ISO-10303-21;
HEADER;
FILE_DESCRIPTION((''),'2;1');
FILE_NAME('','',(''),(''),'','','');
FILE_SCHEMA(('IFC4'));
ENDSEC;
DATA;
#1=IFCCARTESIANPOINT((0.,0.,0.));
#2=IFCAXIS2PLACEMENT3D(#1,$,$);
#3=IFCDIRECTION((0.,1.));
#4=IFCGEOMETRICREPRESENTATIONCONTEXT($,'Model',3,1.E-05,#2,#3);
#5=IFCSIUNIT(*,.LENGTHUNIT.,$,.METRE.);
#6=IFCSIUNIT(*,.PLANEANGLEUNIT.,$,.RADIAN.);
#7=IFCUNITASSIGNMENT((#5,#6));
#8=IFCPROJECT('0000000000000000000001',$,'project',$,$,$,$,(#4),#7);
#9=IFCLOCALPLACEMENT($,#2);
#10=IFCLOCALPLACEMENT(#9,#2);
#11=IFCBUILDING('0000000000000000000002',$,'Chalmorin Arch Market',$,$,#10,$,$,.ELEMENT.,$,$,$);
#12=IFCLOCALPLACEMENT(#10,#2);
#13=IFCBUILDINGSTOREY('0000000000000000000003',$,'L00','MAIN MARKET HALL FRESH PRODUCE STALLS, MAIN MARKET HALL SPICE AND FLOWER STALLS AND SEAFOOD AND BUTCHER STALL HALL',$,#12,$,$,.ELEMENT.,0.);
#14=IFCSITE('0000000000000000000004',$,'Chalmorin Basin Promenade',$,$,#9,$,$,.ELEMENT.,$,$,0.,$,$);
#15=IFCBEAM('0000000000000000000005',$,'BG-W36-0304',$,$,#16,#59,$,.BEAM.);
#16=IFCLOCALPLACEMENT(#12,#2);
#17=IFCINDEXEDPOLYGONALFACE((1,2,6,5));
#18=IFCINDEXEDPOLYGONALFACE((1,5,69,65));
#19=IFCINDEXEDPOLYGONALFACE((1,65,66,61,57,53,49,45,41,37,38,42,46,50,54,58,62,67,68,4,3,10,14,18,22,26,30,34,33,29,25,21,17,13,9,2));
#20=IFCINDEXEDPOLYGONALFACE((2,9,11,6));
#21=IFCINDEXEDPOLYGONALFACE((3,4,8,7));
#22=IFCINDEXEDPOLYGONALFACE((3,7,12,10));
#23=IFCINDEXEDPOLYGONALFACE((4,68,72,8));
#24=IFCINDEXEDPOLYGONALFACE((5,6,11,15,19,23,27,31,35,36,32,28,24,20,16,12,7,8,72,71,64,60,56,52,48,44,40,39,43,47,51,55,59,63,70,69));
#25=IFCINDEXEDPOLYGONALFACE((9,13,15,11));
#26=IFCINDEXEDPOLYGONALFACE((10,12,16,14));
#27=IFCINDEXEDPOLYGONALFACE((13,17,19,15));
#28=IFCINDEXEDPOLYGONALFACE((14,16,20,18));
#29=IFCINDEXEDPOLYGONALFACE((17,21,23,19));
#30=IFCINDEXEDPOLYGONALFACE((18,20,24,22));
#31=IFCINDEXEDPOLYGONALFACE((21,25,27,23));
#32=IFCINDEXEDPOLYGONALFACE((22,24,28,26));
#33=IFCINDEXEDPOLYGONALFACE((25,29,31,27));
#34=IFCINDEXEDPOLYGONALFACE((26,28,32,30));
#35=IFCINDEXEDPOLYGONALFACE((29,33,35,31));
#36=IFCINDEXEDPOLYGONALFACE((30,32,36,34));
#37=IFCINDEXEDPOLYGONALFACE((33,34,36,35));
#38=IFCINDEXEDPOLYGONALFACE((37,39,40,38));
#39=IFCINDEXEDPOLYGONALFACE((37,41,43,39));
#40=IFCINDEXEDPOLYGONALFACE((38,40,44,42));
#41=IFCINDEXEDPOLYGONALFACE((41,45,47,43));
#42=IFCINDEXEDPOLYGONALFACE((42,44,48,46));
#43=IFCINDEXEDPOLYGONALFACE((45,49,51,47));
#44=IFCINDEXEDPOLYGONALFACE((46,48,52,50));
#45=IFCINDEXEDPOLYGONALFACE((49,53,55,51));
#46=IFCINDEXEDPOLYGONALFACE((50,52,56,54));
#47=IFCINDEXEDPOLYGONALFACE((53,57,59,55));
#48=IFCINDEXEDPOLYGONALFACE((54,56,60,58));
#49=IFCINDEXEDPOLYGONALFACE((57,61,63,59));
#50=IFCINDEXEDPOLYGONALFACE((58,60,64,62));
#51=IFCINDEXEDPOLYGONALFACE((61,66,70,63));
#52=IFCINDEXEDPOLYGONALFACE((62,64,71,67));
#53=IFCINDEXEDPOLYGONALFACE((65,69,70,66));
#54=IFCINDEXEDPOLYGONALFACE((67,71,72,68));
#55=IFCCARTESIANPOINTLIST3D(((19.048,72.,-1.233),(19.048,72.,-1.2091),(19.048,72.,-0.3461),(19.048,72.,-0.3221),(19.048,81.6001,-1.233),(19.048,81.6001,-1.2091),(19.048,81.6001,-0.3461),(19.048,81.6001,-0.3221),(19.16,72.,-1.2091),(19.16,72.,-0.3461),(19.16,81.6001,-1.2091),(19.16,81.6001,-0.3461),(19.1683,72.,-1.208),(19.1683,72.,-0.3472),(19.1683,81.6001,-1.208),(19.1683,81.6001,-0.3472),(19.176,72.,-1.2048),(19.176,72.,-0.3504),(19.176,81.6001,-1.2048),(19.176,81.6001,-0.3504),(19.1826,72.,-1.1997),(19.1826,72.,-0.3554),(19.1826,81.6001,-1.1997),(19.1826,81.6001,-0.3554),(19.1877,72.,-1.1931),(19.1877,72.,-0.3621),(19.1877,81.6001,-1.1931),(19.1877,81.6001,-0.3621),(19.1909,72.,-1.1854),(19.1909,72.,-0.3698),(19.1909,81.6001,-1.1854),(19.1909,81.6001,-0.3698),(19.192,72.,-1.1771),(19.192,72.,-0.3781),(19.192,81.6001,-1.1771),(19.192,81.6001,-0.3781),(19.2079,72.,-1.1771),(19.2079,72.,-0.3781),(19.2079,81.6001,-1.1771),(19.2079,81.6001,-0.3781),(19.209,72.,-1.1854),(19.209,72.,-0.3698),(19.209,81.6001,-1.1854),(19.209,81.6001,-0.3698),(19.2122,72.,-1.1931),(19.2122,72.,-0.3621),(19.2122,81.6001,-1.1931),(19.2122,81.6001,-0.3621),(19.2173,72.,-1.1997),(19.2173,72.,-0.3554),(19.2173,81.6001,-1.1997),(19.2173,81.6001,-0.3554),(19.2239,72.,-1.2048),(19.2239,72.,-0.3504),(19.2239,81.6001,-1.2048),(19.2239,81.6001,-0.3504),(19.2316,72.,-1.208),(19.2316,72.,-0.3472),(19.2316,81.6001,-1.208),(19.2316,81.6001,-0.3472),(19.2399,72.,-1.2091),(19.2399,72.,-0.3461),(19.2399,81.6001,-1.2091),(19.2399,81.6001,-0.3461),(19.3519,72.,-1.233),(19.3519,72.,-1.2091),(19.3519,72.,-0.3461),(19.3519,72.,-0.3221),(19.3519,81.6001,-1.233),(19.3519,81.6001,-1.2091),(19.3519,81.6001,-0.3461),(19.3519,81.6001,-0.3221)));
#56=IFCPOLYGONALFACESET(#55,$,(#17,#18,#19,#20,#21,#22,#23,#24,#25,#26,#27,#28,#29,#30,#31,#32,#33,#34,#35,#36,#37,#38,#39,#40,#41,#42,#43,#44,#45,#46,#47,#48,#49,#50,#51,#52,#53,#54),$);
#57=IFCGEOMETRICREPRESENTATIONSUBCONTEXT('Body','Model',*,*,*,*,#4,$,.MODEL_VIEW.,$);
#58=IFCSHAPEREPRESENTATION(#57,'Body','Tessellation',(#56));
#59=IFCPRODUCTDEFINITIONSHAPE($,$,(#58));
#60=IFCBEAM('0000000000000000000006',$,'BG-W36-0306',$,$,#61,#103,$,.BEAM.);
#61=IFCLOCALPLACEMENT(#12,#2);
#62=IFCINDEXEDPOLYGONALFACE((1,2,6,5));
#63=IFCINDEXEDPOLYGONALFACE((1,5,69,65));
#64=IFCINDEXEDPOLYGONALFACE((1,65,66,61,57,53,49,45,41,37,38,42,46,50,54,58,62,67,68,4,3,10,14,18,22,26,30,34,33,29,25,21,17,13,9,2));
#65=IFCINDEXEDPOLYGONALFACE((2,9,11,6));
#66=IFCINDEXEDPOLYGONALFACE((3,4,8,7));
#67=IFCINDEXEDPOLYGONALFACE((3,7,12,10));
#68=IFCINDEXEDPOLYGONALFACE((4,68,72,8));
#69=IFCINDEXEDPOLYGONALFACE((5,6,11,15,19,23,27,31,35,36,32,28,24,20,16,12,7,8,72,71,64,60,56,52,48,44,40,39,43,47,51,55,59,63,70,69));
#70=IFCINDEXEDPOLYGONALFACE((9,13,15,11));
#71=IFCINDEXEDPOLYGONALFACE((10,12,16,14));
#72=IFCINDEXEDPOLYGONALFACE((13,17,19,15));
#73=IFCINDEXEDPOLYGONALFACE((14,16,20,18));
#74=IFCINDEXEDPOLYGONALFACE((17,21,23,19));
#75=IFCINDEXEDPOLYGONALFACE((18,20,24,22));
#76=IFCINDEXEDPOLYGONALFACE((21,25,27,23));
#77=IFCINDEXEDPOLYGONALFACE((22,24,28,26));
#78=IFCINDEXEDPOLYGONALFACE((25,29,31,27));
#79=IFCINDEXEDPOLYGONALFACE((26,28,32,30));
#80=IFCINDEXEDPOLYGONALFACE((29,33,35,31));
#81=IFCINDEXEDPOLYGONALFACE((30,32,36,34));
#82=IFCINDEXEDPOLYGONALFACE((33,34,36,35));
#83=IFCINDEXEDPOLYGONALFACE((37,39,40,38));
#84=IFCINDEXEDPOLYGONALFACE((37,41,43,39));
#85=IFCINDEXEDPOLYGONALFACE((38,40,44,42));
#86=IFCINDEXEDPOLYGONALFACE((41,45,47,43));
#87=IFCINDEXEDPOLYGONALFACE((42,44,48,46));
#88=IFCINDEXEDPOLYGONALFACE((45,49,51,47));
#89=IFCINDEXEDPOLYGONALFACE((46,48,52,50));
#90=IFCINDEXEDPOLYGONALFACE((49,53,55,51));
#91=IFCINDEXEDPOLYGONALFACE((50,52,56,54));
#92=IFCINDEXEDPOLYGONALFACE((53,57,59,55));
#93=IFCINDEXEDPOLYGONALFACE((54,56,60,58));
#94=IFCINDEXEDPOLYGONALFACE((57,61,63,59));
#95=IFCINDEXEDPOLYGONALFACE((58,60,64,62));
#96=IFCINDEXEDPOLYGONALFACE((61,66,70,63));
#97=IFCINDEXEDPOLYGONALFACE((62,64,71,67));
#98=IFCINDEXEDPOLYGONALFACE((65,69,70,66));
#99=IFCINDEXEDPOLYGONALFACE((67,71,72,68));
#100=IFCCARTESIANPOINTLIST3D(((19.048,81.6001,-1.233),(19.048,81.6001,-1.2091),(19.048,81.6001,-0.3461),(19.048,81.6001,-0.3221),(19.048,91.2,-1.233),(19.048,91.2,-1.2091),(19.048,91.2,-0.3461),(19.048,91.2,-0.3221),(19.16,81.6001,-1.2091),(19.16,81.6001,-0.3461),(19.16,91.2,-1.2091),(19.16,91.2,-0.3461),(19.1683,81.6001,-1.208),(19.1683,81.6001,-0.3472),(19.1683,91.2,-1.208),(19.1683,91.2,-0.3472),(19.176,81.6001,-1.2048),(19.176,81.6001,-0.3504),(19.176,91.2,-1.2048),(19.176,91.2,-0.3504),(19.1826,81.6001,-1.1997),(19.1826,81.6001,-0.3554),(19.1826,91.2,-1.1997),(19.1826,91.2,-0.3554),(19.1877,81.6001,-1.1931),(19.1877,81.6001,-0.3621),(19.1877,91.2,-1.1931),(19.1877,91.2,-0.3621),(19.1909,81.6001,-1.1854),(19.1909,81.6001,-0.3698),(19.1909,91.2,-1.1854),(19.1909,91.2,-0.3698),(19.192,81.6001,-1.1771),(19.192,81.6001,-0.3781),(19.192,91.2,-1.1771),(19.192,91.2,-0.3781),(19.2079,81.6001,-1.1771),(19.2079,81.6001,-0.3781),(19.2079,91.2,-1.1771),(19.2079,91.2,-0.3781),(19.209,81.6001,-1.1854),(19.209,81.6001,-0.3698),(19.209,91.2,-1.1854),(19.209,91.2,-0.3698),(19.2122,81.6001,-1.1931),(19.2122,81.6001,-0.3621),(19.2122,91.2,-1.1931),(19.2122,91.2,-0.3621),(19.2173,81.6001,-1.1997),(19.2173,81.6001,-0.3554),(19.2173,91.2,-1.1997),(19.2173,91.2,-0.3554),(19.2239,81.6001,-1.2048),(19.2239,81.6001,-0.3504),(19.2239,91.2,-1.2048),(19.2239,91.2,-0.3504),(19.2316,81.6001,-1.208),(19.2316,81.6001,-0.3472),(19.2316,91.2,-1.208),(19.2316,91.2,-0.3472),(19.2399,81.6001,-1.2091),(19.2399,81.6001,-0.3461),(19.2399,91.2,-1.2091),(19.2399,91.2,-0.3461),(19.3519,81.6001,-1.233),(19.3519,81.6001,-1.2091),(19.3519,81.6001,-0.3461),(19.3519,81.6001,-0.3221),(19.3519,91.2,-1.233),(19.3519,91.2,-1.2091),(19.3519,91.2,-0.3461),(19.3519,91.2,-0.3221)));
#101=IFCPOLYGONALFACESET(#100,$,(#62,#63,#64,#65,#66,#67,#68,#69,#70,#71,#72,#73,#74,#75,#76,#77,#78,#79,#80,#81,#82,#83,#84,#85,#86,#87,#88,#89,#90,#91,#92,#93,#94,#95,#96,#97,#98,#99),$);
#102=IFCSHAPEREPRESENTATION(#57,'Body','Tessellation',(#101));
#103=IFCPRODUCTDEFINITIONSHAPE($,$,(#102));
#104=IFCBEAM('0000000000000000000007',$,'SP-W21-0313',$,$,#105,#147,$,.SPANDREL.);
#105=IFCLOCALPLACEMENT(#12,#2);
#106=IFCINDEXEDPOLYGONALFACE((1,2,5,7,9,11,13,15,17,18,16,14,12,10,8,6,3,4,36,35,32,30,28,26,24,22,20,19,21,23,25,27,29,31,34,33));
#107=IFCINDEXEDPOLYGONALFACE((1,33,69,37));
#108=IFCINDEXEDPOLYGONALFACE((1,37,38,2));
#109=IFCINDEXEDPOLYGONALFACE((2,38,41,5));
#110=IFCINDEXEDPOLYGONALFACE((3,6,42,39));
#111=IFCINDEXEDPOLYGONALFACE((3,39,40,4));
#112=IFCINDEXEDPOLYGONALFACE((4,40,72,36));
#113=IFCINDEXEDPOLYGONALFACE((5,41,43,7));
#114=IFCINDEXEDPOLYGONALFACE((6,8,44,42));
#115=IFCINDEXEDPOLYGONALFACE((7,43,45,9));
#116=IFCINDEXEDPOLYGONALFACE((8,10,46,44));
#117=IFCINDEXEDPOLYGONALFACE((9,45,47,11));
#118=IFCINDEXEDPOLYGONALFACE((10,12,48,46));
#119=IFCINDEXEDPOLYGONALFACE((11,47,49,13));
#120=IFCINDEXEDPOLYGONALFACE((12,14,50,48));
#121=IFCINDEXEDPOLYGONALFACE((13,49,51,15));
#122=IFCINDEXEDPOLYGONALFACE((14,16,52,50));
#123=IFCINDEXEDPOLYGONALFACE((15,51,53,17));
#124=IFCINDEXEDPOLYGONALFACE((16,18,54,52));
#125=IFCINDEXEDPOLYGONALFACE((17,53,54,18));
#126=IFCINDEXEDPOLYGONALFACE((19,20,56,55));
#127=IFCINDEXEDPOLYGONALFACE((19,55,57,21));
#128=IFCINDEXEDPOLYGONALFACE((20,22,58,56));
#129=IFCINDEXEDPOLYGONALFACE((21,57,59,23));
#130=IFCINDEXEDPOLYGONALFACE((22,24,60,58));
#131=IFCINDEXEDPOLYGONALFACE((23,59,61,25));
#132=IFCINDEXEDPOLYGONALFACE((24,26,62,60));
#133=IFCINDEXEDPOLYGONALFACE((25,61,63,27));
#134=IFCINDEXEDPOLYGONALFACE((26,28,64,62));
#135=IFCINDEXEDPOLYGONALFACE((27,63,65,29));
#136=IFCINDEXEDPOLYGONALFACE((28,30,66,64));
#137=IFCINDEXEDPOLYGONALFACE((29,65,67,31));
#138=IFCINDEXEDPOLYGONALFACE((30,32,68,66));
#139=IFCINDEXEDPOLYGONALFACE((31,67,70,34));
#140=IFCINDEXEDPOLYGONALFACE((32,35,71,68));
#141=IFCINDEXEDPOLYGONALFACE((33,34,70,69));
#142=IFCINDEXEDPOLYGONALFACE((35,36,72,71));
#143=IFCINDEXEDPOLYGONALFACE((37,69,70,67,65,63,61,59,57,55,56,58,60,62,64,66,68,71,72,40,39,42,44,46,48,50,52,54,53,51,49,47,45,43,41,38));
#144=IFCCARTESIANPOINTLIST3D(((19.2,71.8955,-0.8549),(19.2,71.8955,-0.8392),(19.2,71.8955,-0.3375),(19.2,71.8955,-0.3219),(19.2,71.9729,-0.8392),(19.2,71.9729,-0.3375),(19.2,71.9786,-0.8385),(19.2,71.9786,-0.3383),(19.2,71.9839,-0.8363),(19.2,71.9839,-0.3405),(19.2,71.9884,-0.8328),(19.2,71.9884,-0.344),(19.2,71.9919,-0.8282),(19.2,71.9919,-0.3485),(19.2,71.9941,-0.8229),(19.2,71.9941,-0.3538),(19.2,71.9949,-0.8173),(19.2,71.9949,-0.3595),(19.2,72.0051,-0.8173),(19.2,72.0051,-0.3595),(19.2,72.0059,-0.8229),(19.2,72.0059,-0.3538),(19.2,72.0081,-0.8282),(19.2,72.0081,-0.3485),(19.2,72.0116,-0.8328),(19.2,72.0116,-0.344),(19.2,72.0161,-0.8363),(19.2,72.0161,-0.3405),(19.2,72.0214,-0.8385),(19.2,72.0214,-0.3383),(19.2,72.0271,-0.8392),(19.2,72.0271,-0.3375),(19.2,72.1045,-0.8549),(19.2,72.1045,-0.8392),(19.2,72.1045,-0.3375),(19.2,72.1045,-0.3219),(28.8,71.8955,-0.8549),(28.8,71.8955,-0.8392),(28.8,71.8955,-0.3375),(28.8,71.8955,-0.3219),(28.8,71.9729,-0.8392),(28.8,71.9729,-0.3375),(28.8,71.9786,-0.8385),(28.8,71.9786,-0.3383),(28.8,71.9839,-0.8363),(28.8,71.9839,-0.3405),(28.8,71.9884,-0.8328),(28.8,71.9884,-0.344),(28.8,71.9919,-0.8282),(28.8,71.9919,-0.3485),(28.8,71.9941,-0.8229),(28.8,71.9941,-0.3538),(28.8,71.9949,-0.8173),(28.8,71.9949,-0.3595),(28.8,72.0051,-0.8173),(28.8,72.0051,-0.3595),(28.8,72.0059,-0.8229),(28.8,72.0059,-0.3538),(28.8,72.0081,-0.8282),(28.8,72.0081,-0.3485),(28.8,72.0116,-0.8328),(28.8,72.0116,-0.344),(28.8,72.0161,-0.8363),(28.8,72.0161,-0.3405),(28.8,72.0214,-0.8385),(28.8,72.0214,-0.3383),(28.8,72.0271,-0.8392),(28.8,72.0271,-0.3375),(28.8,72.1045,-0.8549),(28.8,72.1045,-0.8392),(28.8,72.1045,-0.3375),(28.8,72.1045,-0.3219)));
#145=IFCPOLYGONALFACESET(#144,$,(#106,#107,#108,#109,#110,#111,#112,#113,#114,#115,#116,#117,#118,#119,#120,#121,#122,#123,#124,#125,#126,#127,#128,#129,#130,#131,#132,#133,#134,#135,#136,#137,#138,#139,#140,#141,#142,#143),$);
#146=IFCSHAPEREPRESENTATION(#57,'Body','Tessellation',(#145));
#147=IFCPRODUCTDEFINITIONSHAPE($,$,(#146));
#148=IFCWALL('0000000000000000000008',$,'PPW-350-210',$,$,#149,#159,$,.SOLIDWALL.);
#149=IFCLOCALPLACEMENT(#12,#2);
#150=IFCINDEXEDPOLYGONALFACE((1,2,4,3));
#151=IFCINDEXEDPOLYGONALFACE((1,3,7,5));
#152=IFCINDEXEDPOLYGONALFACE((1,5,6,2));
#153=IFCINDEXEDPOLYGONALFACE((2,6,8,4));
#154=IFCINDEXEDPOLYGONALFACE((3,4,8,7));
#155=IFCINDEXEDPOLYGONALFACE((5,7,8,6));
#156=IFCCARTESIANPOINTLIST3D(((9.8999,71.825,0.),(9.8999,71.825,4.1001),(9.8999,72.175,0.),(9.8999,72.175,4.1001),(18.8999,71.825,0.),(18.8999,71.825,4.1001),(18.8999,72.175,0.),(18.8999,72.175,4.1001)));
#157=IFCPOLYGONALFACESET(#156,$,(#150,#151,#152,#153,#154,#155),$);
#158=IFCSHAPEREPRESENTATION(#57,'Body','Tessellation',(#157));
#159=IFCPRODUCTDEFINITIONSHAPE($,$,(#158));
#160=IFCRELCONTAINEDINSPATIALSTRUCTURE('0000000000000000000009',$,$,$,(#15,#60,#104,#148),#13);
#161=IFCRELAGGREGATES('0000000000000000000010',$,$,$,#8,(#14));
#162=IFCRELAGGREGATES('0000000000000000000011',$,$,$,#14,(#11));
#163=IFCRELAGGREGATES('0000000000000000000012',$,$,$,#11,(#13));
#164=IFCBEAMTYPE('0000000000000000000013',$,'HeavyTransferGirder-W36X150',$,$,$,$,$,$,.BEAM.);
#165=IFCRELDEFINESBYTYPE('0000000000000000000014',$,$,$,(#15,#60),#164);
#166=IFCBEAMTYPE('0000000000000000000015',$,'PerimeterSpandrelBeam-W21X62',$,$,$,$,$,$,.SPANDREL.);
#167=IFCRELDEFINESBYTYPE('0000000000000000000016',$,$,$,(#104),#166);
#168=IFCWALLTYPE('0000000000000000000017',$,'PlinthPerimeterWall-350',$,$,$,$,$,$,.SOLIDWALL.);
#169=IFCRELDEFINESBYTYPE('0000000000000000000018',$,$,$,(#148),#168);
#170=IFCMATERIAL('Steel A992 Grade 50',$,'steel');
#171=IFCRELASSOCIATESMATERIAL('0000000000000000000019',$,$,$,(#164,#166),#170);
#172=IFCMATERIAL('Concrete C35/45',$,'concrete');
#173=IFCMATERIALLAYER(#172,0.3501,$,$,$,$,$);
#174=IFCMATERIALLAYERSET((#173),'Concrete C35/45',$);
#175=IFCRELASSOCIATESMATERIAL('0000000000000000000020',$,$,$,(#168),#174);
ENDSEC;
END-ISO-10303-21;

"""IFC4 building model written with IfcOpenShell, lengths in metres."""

from ifc_helpers import new_model, si_unit, direction, frame, frame_2d, origin, origin_2d, place, context, subcontext, project, spatial, rectangle, i_section, extrude, material, layer, layer_set, material_profile, profile_set, type_object, element, save


model = new_model("IFC4")

# Units and contexts
model_context = context("Model", 3, precision=1e-05, world=origin(), true_north=direction((0.0, 1.0)))
body_context = subcontext(model_context, "Body", "Model", "MODEL_VIEW")
ifc_project = project(units=[si_unit("LENGTHUNIT", "METRE"), si_unit("PLANEANGLEUNIT", "RADIAN")], contexts=[model_context])

# Site, building, storey
site_placement = place(None, origin())
site = spatial("IfcSite", under=ifc_project, at=site_placement, Name="Chalmorin Basin Promenade", CompositionType="ELEMENT", RefElevation=0.0)
building_placement = place(site_placement, origin())
building = spatial("IfcBuilding", under=site, at=building_placement, Name="Chalmorin Arch Market", CompositionType="ELEMENT")
storey_placement = place(building_placement, origin())
storey = spatial("IfcBuildingStorey", under=building, at=storey_placement, Name="L00", Description="MAIN MARKET HALL FRESH PRODUCE STALLS, MAIN MARKET HALL SPICE AND FLOWER STALLS AND SEAFOOD AND BUTCHER STALL HALL", CompositionType="ELEMENT", Elevation=0.0)

# Beams
ifc_material_1 = material(Name="Steel A992 Grade 50", Category="steel")
ifc_material_profile_1 = material_profile(ifc_material_1, i_section(OverallWidth=0.304, OverallDepth=0.9109, WebThickness=0.0159, FlangeThickness=0.0239, FilletRadius=0.032, at=origin_2d()), Name="W36X150")
ifc_profile_set_1 = profile_set([ifc_material_profile_1], Name="Steel A992 Grade 50")
beam_type_1 = type_object("IfcBeamType", Name="HeavyTransferGirder-W36X150", PredefinedType="BEAM", material=ifc_profile_set_1)
beam_1_placement = place(storey_placement, frame((19.2, 72.0, -0.7776), z_axis=(0.0, 1.0, 0.0), x_axis=(-1.0, 0.0, 0.0)))
element("IfcBeam", 1, at=beam_1_placement, inside=storey, type_object=beam_type_1, Name="BG-W36-0304", PredefinedType="BEAM", context=body_context, shape_type="SweptSolid", body=[
    extrude(i_section(OverallWidth=0.304, OverallDepth=0.9109, WebThickness=0.0159, FlangeThickness=0.0239, FilletRadius=0.032, at=origin_2d()), origin(), (0.0, 0.0, 1.0), 9.6001),
])
beam_2_placement = place(storey_placement, frame((19.2, 81.6001, -0.7776), z_axis=(0.0, 1.0, 0.0), x_axis=(-1.0, 0.0, 0.0)))
element("IfcBeam", 2, at=beam_2_placement, inside=storey, type_object=beam_type_1, Name="BG-W36-0306", PredefinedType="BEAM", context=body_context, shape_type="SweptSolid", body=[
    extrude(i_section(OverallWidth=0.304, OverallDepth=0.9109, WebThickness=0.0159, FlangeThickness=0.0239, FilletRadius=0.032, at=origin_2d()), origin(), (0.0, 0.0, 1.0), 9.5999),
])
ifc_material_profile_2 = material_profile(ifc_material_1, i_section(OverallWidth=0.209, OverallDepth=0.533, WebThickness=0.0103, FlangeThickness=0.0156, FilletRadius=0.022, at=origin_2d()), Name="W21X62")
ifc_profile_set_2 = profile_set([ifc_material_profile_2], Name="Steel A992 Grade 50")
beam_type_2 = type_object("IfcBeamType", Name="PerimeterSpandrelBeam-W21X62", PredefinedType="SPANDREL", material=ifc_profile_set_2)
beam_3_placement = place(storey_placement, frame((19.2, 72.0, -0.5884), z_axis=(1.0, 0.0, 0.0), x_axis=(0.0, 1.0, 0.0)))
element("IfcBeam", 3, at=beam_3_placement, inside=storey, type_object=beam_type_2, Name="SP-W21-0313", PredefinedType="SPANDREL", context=body_context, shape_type="SweptSolid", body=[
    extrude(i_section(OverallWidth=0.209, OverallDepth=0.533, WebThickness=0.0103, FlangeThickness=0.0156, FilletRadius=0.022, at=origin_2d()), origin(), (0.0, 0.0, 1.0), 9.6001),
])

# Wall
ifc_material_2 = material(Name="Concrete C35/45", Category="concrete")
ifc_layer_1 = layer(ifc_material_2, 0.3501)
ifc_layer_set_1 = layer_set([ifc_layer_1], Name="Concrete C35/45")
wall_type_1 = type_object("IfcWallType", Name="PlinthPerimeterWall-350", PredefinedType="SOLIDWALL", material=ifc_layer_set_1)
wall_1_placement = place(storey_placement, frame((9.8999, 72.0, 0.0), z_axis=(0.0, 0.0, 1.0), x_axis=(1.0, 0.0, 0.0)))
element("IfcWall", 4, at=wall_1_placement, inside=storey, type_object=wall_type_1, Name="PPW-350-210", PredefinedType="SOLIDWALL", context=body_context, shape_type="SweptSolid", body=[
    extrude(rectangle(XDim=9.0, YDim=0.3501, at=frame_2d((4.5, 0.0))), origin(), (0.0, 0.0, 1.0), 4.1001),
])

save(model, "model.ifc")
